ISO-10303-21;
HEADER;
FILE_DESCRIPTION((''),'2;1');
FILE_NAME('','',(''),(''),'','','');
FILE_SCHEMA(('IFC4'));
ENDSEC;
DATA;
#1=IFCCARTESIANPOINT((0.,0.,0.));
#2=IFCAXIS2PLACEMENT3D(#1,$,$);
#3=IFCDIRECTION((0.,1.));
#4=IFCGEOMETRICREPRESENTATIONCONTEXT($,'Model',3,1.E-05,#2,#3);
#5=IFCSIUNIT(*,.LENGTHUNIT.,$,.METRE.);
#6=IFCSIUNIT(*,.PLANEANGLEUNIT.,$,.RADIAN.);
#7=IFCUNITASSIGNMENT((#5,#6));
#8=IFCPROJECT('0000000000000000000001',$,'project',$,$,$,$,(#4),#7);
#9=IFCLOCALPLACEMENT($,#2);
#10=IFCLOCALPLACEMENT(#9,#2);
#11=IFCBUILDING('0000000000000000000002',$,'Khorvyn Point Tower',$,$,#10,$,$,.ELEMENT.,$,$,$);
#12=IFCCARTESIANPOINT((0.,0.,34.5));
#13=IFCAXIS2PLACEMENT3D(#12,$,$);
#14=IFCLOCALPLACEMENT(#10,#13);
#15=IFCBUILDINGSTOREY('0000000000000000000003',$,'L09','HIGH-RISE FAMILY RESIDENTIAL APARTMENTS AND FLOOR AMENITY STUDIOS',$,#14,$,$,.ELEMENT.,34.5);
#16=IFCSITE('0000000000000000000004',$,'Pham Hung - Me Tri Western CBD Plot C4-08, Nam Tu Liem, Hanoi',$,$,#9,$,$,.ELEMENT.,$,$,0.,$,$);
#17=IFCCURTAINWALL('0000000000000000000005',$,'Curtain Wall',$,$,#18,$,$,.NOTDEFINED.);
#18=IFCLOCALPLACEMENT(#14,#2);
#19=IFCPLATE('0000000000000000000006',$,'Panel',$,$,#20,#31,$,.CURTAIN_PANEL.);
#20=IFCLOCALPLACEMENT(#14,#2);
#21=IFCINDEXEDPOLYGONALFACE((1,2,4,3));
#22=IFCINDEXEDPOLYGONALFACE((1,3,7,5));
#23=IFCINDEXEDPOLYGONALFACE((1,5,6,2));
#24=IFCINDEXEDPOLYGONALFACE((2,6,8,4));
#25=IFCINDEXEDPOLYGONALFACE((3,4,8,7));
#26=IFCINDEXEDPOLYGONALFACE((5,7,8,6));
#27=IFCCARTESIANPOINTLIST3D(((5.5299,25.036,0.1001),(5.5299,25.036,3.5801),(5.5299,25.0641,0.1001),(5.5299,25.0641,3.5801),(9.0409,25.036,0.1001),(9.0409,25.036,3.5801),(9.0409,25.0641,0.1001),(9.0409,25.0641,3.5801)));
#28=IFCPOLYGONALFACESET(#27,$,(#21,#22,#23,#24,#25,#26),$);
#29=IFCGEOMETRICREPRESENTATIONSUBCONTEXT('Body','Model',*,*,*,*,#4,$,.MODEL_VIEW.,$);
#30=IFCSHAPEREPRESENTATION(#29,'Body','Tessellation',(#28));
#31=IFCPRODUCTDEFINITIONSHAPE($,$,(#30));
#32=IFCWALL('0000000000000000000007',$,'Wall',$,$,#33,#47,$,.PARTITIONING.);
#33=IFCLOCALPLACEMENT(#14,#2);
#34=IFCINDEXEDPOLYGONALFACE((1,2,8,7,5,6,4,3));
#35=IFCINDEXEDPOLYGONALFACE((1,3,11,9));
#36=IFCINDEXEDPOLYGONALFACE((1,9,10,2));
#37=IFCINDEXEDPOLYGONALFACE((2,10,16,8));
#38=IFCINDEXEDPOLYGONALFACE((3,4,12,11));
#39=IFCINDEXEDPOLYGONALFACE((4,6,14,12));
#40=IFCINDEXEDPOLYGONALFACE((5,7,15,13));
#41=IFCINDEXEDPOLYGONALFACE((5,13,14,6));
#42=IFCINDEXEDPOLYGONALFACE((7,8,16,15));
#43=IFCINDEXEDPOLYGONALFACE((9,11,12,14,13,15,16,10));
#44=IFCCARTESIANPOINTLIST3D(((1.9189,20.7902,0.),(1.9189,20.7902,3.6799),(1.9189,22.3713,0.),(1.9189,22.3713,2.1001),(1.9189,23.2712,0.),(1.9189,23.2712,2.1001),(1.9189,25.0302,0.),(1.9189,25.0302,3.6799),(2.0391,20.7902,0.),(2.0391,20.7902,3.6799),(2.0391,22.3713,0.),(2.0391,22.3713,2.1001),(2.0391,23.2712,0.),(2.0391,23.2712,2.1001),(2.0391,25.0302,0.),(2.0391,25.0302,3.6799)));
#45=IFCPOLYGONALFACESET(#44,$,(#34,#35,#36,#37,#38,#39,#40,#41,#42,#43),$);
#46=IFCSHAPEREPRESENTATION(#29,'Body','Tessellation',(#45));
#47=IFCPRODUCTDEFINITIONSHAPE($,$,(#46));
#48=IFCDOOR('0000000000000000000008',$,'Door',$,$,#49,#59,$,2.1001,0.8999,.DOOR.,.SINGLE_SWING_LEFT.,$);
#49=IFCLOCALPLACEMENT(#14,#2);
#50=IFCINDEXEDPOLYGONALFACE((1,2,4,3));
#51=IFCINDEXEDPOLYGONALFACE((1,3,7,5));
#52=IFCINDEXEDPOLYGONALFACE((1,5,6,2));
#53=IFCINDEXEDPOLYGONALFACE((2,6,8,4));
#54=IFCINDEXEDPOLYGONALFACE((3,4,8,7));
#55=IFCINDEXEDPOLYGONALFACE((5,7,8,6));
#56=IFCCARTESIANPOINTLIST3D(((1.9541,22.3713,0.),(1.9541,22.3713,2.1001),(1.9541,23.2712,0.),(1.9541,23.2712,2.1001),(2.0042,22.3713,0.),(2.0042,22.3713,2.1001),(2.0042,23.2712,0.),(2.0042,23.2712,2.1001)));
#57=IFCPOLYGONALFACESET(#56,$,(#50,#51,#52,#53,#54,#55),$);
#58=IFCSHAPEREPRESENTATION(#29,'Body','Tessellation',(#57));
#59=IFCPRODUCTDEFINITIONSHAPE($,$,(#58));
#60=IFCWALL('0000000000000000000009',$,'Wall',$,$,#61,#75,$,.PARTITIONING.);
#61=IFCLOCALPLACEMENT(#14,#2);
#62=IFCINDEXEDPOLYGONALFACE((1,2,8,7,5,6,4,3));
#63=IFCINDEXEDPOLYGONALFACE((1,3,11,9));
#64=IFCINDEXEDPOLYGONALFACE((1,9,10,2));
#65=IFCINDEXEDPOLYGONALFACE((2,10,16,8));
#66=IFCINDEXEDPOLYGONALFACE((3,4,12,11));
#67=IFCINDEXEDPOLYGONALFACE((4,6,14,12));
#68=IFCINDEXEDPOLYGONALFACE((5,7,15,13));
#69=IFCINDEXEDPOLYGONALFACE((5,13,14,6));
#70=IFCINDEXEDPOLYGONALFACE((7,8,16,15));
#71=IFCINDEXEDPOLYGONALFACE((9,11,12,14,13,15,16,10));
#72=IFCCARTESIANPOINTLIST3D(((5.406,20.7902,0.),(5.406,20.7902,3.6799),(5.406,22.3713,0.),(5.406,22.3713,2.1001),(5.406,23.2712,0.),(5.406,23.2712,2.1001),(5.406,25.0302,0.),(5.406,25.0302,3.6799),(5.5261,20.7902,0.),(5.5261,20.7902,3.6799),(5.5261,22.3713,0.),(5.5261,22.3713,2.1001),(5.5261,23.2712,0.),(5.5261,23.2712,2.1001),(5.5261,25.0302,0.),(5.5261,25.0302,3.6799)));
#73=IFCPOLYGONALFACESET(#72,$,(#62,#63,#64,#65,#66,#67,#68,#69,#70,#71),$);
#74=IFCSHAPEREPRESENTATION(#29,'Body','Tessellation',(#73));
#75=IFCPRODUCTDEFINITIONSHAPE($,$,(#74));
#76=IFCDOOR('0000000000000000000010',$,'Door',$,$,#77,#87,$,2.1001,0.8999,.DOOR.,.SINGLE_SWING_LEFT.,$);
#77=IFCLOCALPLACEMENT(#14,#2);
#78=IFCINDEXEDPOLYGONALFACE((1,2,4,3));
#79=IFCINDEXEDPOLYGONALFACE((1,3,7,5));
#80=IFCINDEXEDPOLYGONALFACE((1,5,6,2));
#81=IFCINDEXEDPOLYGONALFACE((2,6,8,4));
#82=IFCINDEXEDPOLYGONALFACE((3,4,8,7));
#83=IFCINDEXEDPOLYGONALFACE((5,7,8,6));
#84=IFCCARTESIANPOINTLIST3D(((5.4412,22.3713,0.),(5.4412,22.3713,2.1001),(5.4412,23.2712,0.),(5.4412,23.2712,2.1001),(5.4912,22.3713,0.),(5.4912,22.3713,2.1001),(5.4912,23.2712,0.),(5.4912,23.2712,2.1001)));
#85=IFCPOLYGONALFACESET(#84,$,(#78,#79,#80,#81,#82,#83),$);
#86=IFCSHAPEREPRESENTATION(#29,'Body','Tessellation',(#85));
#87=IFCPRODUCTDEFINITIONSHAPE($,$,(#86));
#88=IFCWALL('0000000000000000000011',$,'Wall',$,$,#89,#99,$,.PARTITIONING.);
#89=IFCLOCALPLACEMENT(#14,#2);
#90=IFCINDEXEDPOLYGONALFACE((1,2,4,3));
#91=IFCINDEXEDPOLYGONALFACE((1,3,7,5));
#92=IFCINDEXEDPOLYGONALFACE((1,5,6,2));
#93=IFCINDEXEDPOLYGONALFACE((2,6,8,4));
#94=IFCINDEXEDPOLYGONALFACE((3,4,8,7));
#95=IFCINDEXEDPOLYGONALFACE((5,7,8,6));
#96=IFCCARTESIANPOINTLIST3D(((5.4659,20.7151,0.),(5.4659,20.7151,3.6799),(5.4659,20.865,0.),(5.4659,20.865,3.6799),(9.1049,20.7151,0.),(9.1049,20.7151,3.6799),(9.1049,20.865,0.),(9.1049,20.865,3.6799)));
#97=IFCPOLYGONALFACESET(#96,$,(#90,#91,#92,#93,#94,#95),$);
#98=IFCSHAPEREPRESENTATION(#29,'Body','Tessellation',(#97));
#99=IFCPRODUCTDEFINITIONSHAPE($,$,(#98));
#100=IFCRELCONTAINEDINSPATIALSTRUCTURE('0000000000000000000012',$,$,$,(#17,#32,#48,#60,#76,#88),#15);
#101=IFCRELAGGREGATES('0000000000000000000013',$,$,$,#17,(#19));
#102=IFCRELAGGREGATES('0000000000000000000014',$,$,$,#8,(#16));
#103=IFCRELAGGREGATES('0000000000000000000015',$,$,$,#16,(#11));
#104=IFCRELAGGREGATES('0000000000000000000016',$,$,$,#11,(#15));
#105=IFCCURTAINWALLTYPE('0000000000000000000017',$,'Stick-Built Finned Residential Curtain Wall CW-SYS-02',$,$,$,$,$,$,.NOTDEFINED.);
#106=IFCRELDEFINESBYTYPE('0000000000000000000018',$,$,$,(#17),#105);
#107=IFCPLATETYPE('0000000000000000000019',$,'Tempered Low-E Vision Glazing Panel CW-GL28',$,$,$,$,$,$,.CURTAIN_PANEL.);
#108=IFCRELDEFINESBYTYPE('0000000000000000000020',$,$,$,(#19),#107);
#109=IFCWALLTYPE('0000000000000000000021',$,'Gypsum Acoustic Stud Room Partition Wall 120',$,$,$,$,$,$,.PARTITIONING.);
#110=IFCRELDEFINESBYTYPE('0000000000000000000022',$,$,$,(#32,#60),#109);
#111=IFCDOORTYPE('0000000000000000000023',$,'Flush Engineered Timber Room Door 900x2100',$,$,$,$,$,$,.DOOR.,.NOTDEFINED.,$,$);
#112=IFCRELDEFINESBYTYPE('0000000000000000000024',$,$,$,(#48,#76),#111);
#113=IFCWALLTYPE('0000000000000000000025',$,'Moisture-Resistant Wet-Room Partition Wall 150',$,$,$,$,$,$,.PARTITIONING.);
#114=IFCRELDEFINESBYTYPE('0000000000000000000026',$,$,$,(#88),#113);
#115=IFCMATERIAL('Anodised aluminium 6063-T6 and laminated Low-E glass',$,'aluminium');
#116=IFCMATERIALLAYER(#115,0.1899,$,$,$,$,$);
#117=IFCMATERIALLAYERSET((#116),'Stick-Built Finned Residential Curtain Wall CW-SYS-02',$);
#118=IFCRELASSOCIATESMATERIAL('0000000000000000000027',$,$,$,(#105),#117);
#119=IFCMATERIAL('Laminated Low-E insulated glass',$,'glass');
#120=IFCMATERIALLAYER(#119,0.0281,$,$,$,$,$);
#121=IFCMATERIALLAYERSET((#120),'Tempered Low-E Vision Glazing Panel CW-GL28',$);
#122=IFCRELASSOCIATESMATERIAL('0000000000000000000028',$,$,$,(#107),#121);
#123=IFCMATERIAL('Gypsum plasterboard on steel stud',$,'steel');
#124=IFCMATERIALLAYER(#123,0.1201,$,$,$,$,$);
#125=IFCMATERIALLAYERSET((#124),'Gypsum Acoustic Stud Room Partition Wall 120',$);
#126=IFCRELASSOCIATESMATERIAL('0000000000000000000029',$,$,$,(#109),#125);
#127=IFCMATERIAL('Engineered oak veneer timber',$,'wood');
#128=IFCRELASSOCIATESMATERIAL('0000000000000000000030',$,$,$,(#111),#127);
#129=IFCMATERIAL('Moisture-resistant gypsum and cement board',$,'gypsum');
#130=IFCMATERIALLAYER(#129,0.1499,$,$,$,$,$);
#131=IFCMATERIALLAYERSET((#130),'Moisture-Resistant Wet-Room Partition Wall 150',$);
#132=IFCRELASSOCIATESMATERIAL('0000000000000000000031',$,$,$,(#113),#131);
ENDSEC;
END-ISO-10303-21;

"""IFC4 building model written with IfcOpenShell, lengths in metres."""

from ifc_helpers import new_model, si_unit, direction, frame, frame_2d, origin, origin_2d, place, context, subcontext, project, spatial, rectangle, extrude, material, layer, layer_set, type_object, element, fill, aggregate, save


model = new_model("IFC4")

# Units and contexts
model_context = context("Model", 3, precision=1e-05, world=origin(), true_north=direction((0.0, 1.0)))
body_context = subcontext(model_context, "Body", "Model", "MODEL_VIEW")
ifc_project = project(units=[si_unit("LENGTHUNIT", "METRE"), si_unit("PLANEANGLEUNIT", "RADIAN")], contexts=[model_context])

# Site, building, storey
site_placement = place(None, origin())
site = spatial("IfcSite", under=ifc_project, at=site_placement, Name="Pham Hung - Me Tri Western CBD Plot C4-08, Nam Tu Liem, Hanoi", CompositionType="ELEMENT", RefElevation=0.0)
building_placement = place(site_placement, origin())
building = spatial("IfcBuilding", under=site, at=building_placement, Name="Khorvyn Point Tower", CompositionType="ELEMENT")
storey_placement = place(building_placement, frame((0.0, 0.0, 34.5)))
storey = spatial("IfcBuildingStorey", under=building, at=storey_placement, Name="L09", Description="HIGH-RISE FAMILY RESIDENTIAL APARTMENTS AND FLOOR AMENITY STUDIOS", CompositionType="ELEMENT", Elevation=34.5)

# Curtain wall, plate
ifc_material_1 = material(Name="Anodised aluminium 6063-T6 and laminated Low-E glass", Category="aluminium")
ifc_layer_1 = layer(ifc_material_1, 0.1899)
ifc_layer_set_1 = layer_set([ifc_layer_1], Name="Stick-Built Finned Residential Curtain Wall CW-SYS-02")
curtain_wall_type = type_object("IfcCurtainWallType", Name="Stick-Built Finned Residential Curtain Wall CW-SYS-02", PredefinedType="NOTDEFINED", material=ifc_layer_set_1)
curtain_wall_placement = place(storey_placement, origin())
curtain_wall = element("IfcCurtainWall", 1, at=curtain_wall_placement, inside=storey, type_object=curtain_wall_type, Name="Curtain Wall", PredefinedType="NOTDEFINED")
ifc_material_2 = material(Name="Laminated Low-E insulated glass", Category="glass")
ifc_layer_2 = layer(ifc_material_2, 0.0281)
ifc_layer_set_2 = layer_set([ifc_layer_2], Name="Tempered Low-E Vision Glazing Panel CW-GL28")
plate_type = type_object("IfcPlateType", Name="Tempered Low-E Vision Glazing Panel CW-GL28", PredefinedType="CURTAIN_PANEL", material=ifc_layer_set_2)
plate_1_placement = place(storey_placement, frame((7.2854, 25.05, 0.1001), z_axis=(0.0, 0.0, 1.0), x_axis=(1.0, 0.0, 0.0)))
plate_1 = element("IfcPlate", 2, at=plate_1_placement, type_object=plate_type, Name="Panel", PredefinedType="CURTAIN_PANEL", context=body_context, shape_type="SweptSolid", body=[
    extrude(rectangle(XDim=3.511, YDim=0.0281, at=origin_2d()), origin(), (0.0, 0.0, 1.0), 3.48),
])
aggregate(curtain_wall, [plate_1])

# Walls, openings, doors
ifc_material_3 = material(Name="Gypsum plasterboard on steel stud", Category="steel")
ifc_layer_3 = layer(ifc_material_3, 0.1201)
ifc_layer_set_3 = layer_set([ifc_layer_3], Name="Gypsum Acoustic Stud Room Partition Wall 120")
wall_type_1 = type_object("IfcWallType", Name="Gypsum Acoustic Stud Room Partition Wall 120", PredefinedType="PARTITIONING", material=ifc_layer_set_3)
wall_1_placement = place(storey_placement, frame((1.979, 20.79, 0.0), z_axis=(0.0, 0.0, 1.0), x_axis=(0.0, 1.0, 0.0)))
wall_1 = element("IfcWall", 3, at=wall_1_placement, inside=storey, type_object=wall_type_1, Name="Wall", PredefinedType="PARTITIONING", context=body_context, shape_type="SweptSolid", body=[
    extrude(rectangle(XDim=4.24, YDim=0.1201, at=frame_2d((2.1201, 0.0))), origin(), (0.0, 0.0, 1.0), 3.6799),
])
opening_1_placement = place(wall_1_placement, frame((1.5813, 0.0, 0.0)))
opening_1 = element("IfcOpeningElement", 4, at=opening_1_placement, cuts=wall_1, PredefinedType="OPENING", context=body_context, shape_type="SweptSolid", body=[
    extrude(rectangle(XDim=0.8999, YDim=2.1001, at=frame_2d((0.45, 1.05))), frame((0.0, 0.0701, 0.0), z_axis=(0.0, -1.0, 0.0), x_axis=(1.0, 0.0, 0.0)), (0.0, 0.0, 1.0), 0.1401),
])
ifc_material_4 = material(Name="Engineered oak veneer timber", Category="wood")
door_type = type_object("IfcDoorType", Name="Flush Engineered Timber Room Door 900x2100", OperationType="NOTDEFINED", PredefinedType="DOOR", material=ifc_material_4)
door_1_placement = place(opening_1_placement, origin())
door_1 = element("IfcDoor", 5, at=door_1_placement, inside=storey, type_object=door_type, Name="Door", OperationType="SINGLE_SWING_LEFT", OverallHeight=2.1001, OverallWidth=0.8999, PredefinedType="DOOR", context=body_context, shape_type="SweptSolid", body=[
    extrude(rectangle(XDim=0.8999, YDim=2.1001, at=frame_2d((0.45, 1.05))), frame((0.0, 0.0249, 0.0), z_axis=(0.0, -1.0, 0.0), x_axis=(1.0, 0.0, 0.0)), (0.0, 0.0, 1.0), 0.05),
])
fill(opening_1, door_1)
wall_2_placement = place(storey_placement, frame((5.4661, 20.79, 0.0), z_axis=(0.0, 0.0, 1.0), x_axis=(0.0, 1.0, 0.0)))
wall_2 = element("IfcWall", 6, at=wall_2_placement, inside=storey, type_object=wall_type_1, Name="Wall", PredefinedType="PARTITIONING", context=body_context, shape_type="SweptSolid", body=[
    extrude(rectangle(XDim=4.24, YDim=0.1201, at=frame_2d((2.1201, 0.0))), origin(), (0.0, 0.0, 1.0), 3.6799),
])
opening_2_placement = place(wall_2_placement, frame((1.5813, 0.0, 0.0)))
opening_2 = element("IfcOpeningElement", 7, at=opening_2_placement, cuts=wall_2, PredefinedType="OPENING", context=body_context, shape_type="SweptSolid", body=[
    extrude(rectangle(XDim=0.8999, YDim=2.1001, at=frame_2d((0.45, 1.05))), frame((0.0, 0.0701, 0.0), z_axis=(0.0, -1.0, 0.0), x_axis=(1.0, 0.0, 0.0)), (0.0, 0.0, 1.0), 0.1401),
])
door_2_placement = place(opening_2_placement, origin())
door_2 = element("IfcDoor", 8, at=door_2_placement, inside=storey, type_object=door_type, Name="Door", OperationType="SINGLE_SWING_LEFT", OverallHeight=2.1001, OverallWidth=0.8999, PredefinedType="DOOR", context=body_context, shape_type="SweptSolid", body=[
    extrude(rectangle(XDim=0.8999, YDim=2.1001, at=frame_2d((0.45, 1.05))), frame((0.0, 0.0249, 0.0), z_axis=(0.0, -1.0, 0.0), x_axis=(1.0, 0.0, 0.0)), (0.0, 0.0, 1.0), 0.05),
])
fill(opening_2, door_2)

# Wall
ifc_material_5 = material(Name="Moisture-resistant gypsum and cement board", Category="gypsum")
ifc_layer_4 = layer(ifc_material_5, 0.1499)
ifc_layer_set_4 = layer_set([ifc_layer_4], Name="Moisture-Resistant Wet-Room Partition Wall 150")
wall_type_2 = type_object("IfcWallType", Name="Moisture-Resistant Wet-Room Partition Wall 150", PredefinedType="PARTITIONING", material=ifc_layer_set_4)
wall_3_placement = place(storey_placement, frame((5.4661, 20.79, 0.0), z_axis=(0.0, 0.0, 1.0), x_axis=(1.0, 0.0, 0.0)))
element("IfcWall", 9, at=wall_3_placement, inside=storey, type_object=wall_type_2, Name="Wall", PredefinedType="PARTITIONING", context=body_context, shape_type="SweptSolid", body=[
    extrude(rectangle(XDim=3.6389, YDim=0.1499, at=frame_2d((1.8193, 0.0))), origin(), (0.0, 0.0, 1.0), 3.6799),
])

save(model, "model.ifc")
